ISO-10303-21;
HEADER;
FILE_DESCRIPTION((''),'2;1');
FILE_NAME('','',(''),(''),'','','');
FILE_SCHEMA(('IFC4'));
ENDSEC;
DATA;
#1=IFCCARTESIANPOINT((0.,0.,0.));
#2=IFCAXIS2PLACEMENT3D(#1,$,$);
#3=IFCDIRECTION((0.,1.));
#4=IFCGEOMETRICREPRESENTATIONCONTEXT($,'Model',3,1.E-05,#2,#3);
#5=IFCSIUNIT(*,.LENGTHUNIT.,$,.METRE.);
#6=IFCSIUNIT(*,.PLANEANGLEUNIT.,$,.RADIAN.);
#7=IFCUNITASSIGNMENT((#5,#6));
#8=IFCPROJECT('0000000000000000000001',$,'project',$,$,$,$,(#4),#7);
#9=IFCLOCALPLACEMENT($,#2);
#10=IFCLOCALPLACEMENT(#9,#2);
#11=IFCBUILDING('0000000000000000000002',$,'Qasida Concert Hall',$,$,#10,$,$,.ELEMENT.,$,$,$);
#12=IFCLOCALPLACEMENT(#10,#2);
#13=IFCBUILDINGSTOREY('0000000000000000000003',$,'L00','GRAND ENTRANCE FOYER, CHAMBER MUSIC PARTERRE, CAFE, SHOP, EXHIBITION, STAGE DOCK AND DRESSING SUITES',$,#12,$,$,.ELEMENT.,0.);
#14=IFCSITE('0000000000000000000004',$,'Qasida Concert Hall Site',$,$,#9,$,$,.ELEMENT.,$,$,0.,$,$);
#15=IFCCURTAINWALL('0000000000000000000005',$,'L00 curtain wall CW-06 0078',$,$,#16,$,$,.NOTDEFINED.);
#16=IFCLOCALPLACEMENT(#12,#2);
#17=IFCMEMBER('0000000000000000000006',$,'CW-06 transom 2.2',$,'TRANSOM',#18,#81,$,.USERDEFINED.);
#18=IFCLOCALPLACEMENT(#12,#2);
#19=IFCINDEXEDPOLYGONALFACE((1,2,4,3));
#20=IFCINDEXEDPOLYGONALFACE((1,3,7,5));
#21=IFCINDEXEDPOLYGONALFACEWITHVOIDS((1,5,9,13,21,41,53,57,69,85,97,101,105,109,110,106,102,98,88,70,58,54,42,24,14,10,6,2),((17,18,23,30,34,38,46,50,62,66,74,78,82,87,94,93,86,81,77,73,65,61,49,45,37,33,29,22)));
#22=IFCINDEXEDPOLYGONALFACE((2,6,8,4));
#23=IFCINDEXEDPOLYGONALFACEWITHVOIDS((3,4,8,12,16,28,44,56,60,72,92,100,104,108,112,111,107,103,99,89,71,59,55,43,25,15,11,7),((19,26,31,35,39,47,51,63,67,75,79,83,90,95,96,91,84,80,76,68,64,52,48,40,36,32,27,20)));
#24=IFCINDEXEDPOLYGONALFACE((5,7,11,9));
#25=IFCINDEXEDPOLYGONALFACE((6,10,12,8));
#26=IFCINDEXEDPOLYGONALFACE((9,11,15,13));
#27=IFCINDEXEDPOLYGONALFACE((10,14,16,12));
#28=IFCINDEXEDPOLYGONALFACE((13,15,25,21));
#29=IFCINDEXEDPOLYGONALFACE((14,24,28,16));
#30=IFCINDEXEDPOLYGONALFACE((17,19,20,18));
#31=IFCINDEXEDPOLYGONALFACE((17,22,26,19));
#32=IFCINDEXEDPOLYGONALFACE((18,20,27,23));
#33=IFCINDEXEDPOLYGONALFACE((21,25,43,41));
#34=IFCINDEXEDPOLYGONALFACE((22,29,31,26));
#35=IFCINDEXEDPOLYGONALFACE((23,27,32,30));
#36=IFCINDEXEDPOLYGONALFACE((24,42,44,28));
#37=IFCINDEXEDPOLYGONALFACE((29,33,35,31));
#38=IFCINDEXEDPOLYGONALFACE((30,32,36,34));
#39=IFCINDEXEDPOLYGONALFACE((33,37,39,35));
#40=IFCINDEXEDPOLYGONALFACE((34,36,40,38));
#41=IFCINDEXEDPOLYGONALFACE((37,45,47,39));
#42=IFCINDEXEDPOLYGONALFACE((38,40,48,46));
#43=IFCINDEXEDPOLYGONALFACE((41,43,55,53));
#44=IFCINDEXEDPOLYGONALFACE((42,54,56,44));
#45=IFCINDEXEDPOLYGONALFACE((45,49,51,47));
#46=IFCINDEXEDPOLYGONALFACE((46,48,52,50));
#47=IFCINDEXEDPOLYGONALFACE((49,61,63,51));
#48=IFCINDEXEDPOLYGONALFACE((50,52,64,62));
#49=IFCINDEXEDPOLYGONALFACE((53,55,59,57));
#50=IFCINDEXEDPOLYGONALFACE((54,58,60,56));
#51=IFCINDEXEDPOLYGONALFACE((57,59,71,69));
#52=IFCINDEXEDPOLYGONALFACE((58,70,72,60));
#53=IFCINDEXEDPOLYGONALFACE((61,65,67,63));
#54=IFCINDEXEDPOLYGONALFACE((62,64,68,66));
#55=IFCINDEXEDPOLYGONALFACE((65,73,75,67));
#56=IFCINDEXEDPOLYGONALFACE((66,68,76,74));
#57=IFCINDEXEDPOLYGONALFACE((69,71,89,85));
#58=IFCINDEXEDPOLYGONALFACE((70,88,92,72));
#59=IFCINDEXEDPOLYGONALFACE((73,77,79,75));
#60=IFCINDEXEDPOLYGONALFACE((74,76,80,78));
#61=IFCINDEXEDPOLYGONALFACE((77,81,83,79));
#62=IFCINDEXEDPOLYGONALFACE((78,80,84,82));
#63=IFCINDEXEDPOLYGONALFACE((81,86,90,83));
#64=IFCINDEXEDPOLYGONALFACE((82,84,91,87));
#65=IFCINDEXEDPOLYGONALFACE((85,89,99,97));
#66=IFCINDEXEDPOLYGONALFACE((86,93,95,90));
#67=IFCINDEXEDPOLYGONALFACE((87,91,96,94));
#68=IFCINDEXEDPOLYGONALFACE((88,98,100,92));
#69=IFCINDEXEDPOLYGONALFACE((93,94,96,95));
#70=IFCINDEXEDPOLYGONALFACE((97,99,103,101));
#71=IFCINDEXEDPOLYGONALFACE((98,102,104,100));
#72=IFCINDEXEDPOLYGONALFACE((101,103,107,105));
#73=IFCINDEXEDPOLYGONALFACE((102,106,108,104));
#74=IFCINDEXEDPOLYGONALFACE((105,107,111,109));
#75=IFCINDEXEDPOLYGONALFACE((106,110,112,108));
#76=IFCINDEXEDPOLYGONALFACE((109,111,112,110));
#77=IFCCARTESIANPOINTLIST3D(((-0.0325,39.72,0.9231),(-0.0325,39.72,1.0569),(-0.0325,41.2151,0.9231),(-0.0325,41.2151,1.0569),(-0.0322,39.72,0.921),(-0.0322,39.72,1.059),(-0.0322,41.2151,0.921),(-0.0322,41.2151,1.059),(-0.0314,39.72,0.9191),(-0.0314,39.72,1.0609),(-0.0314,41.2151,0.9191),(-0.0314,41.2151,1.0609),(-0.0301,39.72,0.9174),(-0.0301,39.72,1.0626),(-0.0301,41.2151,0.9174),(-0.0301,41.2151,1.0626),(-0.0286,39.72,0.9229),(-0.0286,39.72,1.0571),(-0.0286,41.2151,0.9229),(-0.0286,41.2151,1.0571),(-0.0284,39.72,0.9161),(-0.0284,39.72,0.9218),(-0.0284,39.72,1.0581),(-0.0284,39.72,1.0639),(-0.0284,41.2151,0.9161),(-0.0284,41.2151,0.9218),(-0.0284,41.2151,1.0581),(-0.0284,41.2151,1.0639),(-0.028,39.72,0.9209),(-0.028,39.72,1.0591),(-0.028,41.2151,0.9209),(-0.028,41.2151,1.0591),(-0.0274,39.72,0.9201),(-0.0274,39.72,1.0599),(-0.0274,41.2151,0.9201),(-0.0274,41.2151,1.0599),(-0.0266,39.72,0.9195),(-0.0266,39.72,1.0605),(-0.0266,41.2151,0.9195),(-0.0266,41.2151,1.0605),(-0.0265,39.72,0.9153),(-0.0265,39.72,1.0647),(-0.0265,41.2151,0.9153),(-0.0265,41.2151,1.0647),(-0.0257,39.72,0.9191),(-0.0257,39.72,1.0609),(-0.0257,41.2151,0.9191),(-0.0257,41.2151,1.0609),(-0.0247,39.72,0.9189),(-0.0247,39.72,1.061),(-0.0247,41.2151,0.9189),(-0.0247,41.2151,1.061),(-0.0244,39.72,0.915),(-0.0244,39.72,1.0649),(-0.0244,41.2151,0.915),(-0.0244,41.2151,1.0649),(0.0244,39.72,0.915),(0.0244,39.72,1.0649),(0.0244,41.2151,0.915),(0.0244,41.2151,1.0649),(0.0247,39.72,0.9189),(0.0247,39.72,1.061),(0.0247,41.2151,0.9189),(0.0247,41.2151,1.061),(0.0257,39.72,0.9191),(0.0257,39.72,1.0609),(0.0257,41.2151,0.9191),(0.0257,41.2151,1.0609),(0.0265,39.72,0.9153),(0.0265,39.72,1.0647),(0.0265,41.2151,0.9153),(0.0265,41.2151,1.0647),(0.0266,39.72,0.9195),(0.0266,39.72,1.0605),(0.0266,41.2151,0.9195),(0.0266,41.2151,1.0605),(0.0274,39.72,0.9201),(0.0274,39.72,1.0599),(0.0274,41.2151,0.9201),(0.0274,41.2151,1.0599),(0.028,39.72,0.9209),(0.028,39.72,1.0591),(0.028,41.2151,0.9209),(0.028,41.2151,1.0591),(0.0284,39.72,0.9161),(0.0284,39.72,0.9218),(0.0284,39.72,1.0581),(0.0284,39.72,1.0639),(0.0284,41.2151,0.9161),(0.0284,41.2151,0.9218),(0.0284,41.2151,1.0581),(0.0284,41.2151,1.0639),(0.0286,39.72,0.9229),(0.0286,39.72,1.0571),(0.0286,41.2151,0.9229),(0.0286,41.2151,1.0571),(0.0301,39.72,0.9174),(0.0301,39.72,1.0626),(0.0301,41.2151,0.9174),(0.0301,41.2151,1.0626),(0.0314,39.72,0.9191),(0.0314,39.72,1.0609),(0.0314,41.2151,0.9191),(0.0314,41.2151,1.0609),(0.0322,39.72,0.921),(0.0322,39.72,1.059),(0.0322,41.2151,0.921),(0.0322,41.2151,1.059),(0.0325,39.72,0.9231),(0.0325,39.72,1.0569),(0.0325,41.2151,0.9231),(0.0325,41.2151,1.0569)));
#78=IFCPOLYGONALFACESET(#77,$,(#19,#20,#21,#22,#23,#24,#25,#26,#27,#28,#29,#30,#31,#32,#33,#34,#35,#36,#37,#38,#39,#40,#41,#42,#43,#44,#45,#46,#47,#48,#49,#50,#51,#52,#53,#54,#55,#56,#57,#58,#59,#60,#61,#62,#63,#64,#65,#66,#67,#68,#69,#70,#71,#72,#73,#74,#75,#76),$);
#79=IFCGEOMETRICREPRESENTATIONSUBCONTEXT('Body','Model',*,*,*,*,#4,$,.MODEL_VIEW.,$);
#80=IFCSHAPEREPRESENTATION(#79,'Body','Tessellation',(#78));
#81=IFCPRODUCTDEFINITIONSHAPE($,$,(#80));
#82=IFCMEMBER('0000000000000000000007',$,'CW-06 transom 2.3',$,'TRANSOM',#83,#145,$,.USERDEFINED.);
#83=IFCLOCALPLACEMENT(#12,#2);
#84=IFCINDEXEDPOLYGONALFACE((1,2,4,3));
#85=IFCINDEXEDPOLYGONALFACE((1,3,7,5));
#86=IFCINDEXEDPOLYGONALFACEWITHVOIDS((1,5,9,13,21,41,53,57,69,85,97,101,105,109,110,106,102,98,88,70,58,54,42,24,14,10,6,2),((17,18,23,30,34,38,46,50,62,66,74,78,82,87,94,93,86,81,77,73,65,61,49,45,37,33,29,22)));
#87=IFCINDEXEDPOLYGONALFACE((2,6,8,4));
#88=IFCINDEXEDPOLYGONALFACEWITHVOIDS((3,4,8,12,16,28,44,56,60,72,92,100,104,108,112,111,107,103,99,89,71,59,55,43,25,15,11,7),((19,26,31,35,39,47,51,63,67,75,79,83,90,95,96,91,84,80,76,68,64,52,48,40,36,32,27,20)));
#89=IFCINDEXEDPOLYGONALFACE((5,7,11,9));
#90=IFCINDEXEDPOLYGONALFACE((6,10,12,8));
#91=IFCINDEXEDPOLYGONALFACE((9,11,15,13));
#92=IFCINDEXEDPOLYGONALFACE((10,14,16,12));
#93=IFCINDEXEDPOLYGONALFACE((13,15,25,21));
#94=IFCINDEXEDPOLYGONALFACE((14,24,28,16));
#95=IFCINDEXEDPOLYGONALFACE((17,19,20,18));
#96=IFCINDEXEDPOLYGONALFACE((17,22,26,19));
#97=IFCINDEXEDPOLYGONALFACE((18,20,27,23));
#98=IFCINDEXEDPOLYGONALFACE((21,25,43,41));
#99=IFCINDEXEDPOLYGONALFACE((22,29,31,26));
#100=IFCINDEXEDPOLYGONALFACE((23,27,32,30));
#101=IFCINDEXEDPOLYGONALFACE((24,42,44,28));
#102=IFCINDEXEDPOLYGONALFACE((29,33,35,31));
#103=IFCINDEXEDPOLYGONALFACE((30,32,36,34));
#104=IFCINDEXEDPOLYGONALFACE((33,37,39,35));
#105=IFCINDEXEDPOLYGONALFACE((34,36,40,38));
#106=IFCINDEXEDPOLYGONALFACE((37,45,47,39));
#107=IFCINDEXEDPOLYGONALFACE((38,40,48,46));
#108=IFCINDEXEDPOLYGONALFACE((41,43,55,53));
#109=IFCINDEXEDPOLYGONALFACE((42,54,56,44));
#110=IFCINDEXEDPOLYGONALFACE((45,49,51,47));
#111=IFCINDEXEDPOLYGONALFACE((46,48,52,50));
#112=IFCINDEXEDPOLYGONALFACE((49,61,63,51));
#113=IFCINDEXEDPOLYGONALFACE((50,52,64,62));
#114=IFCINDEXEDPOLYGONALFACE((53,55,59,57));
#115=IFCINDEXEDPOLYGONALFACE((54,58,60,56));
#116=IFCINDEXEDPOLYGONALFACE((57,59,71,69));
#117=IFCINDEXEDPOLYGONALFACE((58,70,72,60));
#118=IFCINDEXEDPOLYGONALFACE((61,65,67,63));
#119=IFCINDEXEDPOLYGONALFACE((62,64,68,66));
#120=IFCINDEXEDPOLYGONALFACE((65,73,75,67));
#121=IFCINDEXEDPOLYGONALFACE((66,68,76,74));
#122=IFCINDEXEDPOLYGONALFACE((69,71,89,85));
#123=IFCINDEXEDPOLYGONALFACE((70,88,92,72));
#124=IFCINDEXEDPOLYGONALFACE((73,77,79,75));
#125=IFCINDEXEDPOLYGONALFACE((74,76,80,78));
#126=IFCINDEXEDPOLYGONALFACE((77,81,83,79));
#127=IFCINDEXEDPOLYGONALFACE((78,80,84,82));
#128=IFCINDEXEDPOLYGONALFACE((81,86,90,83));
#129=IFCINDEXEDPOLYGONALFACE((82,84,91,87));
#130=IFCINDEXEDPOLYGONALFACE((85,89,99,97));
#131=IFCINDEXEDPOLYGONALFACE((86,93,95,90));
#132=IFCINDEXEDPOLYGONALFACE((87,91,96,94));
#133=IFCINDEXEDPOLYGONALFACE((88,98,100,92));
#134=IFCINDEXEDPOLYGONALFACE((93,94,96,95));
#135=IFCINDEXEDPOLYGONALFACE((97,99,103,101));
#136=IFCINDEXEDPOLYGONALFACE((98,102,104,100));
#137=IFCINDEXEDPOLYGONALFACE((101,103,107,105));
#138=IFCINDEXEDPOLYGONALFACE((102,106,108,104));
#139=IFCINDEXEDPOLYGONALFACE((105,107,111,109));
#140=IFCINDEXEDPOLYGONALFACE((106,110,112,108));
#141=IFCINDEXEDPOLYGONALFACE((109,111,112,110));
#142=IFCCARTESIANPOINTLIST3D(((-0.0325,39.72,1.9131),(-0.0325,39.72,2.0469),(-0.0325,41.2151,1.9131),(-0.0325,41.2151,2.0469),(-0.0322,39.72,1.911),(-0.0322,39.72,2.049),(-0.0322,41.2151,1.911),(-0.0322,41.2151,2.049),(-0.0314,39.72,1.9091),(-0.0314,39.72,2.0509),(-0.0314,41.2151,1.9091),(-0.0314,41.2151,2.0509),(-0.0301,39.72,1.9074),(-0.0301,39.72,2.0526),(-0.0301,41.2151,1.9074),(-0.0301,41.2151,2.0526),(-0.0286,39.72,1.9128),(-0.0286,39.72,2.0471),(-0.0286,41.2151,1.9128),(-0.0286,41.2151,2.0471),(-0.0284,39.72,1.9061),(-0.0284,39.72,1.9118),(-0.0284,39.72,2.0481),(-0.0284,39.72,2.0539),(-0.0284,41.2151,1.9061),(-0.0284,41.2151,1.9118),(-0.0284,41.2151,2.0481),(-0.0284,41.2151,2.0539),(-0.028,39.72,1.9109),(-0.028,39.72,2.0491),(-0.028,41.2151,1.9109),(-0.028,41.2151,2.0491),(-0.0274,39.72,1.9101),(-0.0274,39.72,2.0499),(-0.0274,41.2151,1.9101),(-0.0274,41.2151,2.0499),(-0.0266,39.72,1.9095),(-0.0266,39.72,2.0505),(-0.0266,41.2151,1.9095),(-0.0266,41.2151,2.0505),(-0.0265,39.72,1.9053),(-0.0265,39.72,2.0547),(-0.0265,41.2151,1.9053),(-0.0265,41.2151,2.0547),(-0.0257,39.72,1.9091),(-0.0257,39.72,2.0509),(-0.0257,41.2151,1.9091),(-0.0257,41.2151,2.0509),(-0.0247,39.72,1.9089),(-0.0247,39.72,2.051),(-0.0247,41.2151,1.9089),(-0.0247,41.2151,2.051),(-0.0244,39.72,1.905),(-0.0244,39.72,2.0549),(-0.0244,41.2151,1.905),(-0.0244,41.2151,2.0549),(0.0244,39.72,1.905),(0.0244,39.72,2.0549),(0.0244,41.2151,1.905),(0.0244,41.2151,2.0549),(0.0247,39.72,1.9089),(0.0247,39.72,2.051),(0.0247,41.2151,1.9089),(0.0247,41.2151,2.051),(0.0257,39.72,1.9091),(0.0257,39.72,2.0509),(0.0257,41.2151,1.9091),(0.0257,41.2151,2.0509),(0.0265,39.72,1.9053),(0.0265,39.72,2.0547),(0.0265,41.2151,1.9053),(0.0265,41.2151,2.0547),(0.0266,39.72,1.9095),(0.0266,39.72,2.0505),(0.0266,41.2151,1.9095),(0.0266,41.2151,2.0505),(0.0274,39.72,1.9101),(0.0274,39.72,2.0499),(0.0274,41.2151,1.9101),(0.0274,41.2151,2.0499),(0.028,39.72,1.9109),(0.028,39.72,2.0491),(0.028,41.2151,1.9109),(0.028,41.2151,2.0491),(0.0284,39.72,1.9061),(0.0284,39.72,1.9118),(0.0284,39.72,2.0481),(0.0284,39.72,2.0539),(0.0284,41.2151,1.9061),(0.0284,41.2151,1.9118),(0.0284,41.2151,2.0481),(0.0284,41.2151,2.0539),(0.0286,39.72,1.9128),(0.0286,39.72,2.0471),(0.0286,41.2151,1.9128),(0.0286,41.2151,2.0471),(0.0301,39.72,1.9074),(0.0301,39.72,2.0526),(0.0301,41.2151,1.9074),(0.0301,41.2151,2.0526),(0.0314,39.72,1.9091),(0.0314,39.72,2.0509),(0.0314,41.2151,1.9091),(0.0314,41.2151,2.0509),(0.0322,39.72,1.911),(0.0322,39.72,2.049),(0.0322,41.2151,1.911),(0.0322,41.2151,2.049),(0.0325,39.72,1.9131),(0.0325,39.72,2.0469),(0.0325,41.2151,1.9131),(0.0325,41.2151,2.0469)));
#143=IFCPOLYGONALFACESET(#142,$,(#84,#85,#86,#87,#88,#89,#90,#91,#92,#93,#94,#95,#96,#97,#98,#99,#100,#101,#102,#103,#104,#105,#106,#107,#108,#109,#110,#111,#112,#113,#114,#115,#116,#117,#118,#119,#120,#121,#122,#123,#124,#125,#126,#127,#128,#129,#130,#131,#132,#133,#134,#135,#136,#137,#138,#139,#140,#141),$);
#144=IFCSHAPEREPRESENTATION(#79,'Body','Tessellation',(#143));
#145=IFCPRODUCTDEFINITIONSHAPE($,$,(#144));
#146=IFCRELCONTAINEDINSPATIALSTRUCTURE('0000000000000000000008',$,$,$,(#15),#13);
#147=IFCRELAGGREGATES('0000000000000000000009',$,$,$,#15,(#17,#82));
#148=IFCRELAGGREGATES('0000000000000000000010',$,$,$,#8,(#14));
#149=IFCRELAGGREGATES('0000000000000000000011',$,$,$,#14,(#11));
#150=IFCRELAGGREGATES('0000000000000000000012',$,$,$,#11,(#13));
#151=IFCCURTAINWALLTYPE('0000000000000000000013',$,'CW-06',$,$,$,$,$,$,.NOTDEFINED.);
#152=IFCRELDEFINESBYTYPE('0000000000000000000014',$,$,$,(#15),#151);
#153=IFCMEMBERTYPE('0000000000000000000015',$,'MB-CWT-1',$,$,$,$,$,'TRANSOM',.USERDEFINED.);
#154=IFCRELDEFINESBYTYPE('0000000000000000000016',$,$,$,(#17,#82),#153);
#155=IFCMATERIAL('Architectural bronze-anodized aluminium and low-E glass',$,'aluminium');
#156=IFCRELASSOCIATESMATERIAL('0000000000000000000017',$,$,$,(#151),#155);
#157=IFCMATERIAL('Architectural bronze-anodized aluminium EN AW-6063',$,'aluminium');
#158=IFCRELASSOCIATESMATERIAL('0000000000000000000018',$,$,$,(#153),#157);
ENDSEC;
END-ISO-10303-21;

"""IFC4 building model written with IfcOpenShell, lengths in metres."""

from ifc_helpers import new_model, si_unit, direction, frame, origin, origin_2d, place, context, subcontext, project, spatial, hollow_rectangle, extrude, material, material_profile, profile_set, type_object, element, aggregate, save


model = new_model("IFC4")

# Units and contexts
model_context = context("Model", 3, precision=1e-05, world=origin(), true_north=direction((0.0, 1.0)))
body_context = subcontext(model_context, "Body", "Model", "MODEL_VIEW")
ifc_project = project(units=[si_unit("LENGTHUNIT", "METRE"), si_unit("PLANEANGLEUNIT", "RADIAN")], contexts=[model_context])

# Site, building, storey
site_placement = place(None, origin())
site = spatial("IfcSite", under=ifc_project, at=site_placement, Name="Qasida Concert Hall Site", CompositionType="ELEMENT", RefElevation=0.0)
building_placement = place(site_placement, origin())
building = spatial("IfcBuilding", under=site, at=building_placement, Name="Qasida Concert Hall", CompositionType="ELEMENT")
storey_placement = place(building_placement, origin())
storey = spatial("IfcBuildingStorey", under=building, at=storey_placement, Name="L00", Description="GRAND ENTRANCE FOYER, CHAMBER MUSIC PARTERRE, CAFE, SHOP, EXHIBITION, STAGE DOCK AND DRESSING SUITES", CompositionType="ELEMENT", Elevation=0.0)

# Curtain wall, members
ifc_material_1 = material(Name="Architectural bronze-anodized aluminium and low-E glass", Category="aluminium")
curtain_wall_type = type_object("IfcCurtainWallType", Name="CW-06", PredefinedType="NOTDEFINED", material=ifc_material_1)
curtain_wall_placement = place(storey_placement, origin())
curtain_wall = element("IfcCurtainWall", 1, at=curtain_wall_placement, inside=storey, type_object=curtain_wall_type, Name="L00 curtain wall CW-06 0078", PredefinedType="NOTDEFINED")
ifc_material_2 = material(Name="Architectural bronze-anodized aluminium EN AW-6063", Category="aluminium")
ifc_material_profile_1 = material_profile(ifc_material_2, hollow_rectangle(XDim=0.0649, YDim=0.1499, WallThickness=0.0039, InnerFilletRadius=0.0039, OuterFilletRadius=0.0081, at=origin_2d()), Name="CWT 150x65x4")
ifc_profile_set_1 = profile_set([ifc_material_profile_1], Name="Architectural bronze-anodized aluminium EN AW-6063")
member_type_1 = type_object("IfcMemberType", Name="MB-CWT-1", ElementType="TRANSOM", PredefinedType="USERDEFINED", material=ifc_profile_set_1)
member_1_placement = place(storey_placement, frame((0.0, 39.72, 0.99), z_axis=(0.0, 1.0, 0.0), x_axis=(-1.0, 0.0, 0.0)))
member_1 = element("IfcMember", 2, at=member_1_placement, type_object=member_type_1, Name="CW-06 transom 2.2", ObjectType="TRANSOM", PredefinedType="USERDEFINED", context=body_context, shape_type="SweptSolid", body=[
    extrude(hollow_rectangle(XDim=0.0649, YDim=0.1499, WallThickness=0.0039, InnerFilletRadius=0.0039, OuterFilletRadius=0.0081, at=origin_2d()), origin(), (0.0, 0.0, 1.0), 1.4951),
])
member_2_placement = place(storey_placement, frame((0.0, 39.72, 1.98), z_axis=(0.0, 1.0, 0.0), x_axis=(-1.0, 0.0, 0.0)))
member_2 = element("IfcMember", 3, at=member_2_placement, type_object=member_type_1, Name="CW-06 transom 2.3", ObjectType="TRANSOM", PredefinedType="USERDEFINED", context=body_context, shape_type="SweptSolid", body=[
    extrude(hollow_rectangle(XDim=0.0649, YDim=0.1499, WallThickness=0.0039, InnerFilletRadius=0.0039, OuterFilletRadius=0.0081, at=origin_2d()), origin(), (0.0, 0.0, 1.0), 1.4951),
])
aggregate(curtain_wall, [member_1, member_2])

save(model, "model.ifc")
